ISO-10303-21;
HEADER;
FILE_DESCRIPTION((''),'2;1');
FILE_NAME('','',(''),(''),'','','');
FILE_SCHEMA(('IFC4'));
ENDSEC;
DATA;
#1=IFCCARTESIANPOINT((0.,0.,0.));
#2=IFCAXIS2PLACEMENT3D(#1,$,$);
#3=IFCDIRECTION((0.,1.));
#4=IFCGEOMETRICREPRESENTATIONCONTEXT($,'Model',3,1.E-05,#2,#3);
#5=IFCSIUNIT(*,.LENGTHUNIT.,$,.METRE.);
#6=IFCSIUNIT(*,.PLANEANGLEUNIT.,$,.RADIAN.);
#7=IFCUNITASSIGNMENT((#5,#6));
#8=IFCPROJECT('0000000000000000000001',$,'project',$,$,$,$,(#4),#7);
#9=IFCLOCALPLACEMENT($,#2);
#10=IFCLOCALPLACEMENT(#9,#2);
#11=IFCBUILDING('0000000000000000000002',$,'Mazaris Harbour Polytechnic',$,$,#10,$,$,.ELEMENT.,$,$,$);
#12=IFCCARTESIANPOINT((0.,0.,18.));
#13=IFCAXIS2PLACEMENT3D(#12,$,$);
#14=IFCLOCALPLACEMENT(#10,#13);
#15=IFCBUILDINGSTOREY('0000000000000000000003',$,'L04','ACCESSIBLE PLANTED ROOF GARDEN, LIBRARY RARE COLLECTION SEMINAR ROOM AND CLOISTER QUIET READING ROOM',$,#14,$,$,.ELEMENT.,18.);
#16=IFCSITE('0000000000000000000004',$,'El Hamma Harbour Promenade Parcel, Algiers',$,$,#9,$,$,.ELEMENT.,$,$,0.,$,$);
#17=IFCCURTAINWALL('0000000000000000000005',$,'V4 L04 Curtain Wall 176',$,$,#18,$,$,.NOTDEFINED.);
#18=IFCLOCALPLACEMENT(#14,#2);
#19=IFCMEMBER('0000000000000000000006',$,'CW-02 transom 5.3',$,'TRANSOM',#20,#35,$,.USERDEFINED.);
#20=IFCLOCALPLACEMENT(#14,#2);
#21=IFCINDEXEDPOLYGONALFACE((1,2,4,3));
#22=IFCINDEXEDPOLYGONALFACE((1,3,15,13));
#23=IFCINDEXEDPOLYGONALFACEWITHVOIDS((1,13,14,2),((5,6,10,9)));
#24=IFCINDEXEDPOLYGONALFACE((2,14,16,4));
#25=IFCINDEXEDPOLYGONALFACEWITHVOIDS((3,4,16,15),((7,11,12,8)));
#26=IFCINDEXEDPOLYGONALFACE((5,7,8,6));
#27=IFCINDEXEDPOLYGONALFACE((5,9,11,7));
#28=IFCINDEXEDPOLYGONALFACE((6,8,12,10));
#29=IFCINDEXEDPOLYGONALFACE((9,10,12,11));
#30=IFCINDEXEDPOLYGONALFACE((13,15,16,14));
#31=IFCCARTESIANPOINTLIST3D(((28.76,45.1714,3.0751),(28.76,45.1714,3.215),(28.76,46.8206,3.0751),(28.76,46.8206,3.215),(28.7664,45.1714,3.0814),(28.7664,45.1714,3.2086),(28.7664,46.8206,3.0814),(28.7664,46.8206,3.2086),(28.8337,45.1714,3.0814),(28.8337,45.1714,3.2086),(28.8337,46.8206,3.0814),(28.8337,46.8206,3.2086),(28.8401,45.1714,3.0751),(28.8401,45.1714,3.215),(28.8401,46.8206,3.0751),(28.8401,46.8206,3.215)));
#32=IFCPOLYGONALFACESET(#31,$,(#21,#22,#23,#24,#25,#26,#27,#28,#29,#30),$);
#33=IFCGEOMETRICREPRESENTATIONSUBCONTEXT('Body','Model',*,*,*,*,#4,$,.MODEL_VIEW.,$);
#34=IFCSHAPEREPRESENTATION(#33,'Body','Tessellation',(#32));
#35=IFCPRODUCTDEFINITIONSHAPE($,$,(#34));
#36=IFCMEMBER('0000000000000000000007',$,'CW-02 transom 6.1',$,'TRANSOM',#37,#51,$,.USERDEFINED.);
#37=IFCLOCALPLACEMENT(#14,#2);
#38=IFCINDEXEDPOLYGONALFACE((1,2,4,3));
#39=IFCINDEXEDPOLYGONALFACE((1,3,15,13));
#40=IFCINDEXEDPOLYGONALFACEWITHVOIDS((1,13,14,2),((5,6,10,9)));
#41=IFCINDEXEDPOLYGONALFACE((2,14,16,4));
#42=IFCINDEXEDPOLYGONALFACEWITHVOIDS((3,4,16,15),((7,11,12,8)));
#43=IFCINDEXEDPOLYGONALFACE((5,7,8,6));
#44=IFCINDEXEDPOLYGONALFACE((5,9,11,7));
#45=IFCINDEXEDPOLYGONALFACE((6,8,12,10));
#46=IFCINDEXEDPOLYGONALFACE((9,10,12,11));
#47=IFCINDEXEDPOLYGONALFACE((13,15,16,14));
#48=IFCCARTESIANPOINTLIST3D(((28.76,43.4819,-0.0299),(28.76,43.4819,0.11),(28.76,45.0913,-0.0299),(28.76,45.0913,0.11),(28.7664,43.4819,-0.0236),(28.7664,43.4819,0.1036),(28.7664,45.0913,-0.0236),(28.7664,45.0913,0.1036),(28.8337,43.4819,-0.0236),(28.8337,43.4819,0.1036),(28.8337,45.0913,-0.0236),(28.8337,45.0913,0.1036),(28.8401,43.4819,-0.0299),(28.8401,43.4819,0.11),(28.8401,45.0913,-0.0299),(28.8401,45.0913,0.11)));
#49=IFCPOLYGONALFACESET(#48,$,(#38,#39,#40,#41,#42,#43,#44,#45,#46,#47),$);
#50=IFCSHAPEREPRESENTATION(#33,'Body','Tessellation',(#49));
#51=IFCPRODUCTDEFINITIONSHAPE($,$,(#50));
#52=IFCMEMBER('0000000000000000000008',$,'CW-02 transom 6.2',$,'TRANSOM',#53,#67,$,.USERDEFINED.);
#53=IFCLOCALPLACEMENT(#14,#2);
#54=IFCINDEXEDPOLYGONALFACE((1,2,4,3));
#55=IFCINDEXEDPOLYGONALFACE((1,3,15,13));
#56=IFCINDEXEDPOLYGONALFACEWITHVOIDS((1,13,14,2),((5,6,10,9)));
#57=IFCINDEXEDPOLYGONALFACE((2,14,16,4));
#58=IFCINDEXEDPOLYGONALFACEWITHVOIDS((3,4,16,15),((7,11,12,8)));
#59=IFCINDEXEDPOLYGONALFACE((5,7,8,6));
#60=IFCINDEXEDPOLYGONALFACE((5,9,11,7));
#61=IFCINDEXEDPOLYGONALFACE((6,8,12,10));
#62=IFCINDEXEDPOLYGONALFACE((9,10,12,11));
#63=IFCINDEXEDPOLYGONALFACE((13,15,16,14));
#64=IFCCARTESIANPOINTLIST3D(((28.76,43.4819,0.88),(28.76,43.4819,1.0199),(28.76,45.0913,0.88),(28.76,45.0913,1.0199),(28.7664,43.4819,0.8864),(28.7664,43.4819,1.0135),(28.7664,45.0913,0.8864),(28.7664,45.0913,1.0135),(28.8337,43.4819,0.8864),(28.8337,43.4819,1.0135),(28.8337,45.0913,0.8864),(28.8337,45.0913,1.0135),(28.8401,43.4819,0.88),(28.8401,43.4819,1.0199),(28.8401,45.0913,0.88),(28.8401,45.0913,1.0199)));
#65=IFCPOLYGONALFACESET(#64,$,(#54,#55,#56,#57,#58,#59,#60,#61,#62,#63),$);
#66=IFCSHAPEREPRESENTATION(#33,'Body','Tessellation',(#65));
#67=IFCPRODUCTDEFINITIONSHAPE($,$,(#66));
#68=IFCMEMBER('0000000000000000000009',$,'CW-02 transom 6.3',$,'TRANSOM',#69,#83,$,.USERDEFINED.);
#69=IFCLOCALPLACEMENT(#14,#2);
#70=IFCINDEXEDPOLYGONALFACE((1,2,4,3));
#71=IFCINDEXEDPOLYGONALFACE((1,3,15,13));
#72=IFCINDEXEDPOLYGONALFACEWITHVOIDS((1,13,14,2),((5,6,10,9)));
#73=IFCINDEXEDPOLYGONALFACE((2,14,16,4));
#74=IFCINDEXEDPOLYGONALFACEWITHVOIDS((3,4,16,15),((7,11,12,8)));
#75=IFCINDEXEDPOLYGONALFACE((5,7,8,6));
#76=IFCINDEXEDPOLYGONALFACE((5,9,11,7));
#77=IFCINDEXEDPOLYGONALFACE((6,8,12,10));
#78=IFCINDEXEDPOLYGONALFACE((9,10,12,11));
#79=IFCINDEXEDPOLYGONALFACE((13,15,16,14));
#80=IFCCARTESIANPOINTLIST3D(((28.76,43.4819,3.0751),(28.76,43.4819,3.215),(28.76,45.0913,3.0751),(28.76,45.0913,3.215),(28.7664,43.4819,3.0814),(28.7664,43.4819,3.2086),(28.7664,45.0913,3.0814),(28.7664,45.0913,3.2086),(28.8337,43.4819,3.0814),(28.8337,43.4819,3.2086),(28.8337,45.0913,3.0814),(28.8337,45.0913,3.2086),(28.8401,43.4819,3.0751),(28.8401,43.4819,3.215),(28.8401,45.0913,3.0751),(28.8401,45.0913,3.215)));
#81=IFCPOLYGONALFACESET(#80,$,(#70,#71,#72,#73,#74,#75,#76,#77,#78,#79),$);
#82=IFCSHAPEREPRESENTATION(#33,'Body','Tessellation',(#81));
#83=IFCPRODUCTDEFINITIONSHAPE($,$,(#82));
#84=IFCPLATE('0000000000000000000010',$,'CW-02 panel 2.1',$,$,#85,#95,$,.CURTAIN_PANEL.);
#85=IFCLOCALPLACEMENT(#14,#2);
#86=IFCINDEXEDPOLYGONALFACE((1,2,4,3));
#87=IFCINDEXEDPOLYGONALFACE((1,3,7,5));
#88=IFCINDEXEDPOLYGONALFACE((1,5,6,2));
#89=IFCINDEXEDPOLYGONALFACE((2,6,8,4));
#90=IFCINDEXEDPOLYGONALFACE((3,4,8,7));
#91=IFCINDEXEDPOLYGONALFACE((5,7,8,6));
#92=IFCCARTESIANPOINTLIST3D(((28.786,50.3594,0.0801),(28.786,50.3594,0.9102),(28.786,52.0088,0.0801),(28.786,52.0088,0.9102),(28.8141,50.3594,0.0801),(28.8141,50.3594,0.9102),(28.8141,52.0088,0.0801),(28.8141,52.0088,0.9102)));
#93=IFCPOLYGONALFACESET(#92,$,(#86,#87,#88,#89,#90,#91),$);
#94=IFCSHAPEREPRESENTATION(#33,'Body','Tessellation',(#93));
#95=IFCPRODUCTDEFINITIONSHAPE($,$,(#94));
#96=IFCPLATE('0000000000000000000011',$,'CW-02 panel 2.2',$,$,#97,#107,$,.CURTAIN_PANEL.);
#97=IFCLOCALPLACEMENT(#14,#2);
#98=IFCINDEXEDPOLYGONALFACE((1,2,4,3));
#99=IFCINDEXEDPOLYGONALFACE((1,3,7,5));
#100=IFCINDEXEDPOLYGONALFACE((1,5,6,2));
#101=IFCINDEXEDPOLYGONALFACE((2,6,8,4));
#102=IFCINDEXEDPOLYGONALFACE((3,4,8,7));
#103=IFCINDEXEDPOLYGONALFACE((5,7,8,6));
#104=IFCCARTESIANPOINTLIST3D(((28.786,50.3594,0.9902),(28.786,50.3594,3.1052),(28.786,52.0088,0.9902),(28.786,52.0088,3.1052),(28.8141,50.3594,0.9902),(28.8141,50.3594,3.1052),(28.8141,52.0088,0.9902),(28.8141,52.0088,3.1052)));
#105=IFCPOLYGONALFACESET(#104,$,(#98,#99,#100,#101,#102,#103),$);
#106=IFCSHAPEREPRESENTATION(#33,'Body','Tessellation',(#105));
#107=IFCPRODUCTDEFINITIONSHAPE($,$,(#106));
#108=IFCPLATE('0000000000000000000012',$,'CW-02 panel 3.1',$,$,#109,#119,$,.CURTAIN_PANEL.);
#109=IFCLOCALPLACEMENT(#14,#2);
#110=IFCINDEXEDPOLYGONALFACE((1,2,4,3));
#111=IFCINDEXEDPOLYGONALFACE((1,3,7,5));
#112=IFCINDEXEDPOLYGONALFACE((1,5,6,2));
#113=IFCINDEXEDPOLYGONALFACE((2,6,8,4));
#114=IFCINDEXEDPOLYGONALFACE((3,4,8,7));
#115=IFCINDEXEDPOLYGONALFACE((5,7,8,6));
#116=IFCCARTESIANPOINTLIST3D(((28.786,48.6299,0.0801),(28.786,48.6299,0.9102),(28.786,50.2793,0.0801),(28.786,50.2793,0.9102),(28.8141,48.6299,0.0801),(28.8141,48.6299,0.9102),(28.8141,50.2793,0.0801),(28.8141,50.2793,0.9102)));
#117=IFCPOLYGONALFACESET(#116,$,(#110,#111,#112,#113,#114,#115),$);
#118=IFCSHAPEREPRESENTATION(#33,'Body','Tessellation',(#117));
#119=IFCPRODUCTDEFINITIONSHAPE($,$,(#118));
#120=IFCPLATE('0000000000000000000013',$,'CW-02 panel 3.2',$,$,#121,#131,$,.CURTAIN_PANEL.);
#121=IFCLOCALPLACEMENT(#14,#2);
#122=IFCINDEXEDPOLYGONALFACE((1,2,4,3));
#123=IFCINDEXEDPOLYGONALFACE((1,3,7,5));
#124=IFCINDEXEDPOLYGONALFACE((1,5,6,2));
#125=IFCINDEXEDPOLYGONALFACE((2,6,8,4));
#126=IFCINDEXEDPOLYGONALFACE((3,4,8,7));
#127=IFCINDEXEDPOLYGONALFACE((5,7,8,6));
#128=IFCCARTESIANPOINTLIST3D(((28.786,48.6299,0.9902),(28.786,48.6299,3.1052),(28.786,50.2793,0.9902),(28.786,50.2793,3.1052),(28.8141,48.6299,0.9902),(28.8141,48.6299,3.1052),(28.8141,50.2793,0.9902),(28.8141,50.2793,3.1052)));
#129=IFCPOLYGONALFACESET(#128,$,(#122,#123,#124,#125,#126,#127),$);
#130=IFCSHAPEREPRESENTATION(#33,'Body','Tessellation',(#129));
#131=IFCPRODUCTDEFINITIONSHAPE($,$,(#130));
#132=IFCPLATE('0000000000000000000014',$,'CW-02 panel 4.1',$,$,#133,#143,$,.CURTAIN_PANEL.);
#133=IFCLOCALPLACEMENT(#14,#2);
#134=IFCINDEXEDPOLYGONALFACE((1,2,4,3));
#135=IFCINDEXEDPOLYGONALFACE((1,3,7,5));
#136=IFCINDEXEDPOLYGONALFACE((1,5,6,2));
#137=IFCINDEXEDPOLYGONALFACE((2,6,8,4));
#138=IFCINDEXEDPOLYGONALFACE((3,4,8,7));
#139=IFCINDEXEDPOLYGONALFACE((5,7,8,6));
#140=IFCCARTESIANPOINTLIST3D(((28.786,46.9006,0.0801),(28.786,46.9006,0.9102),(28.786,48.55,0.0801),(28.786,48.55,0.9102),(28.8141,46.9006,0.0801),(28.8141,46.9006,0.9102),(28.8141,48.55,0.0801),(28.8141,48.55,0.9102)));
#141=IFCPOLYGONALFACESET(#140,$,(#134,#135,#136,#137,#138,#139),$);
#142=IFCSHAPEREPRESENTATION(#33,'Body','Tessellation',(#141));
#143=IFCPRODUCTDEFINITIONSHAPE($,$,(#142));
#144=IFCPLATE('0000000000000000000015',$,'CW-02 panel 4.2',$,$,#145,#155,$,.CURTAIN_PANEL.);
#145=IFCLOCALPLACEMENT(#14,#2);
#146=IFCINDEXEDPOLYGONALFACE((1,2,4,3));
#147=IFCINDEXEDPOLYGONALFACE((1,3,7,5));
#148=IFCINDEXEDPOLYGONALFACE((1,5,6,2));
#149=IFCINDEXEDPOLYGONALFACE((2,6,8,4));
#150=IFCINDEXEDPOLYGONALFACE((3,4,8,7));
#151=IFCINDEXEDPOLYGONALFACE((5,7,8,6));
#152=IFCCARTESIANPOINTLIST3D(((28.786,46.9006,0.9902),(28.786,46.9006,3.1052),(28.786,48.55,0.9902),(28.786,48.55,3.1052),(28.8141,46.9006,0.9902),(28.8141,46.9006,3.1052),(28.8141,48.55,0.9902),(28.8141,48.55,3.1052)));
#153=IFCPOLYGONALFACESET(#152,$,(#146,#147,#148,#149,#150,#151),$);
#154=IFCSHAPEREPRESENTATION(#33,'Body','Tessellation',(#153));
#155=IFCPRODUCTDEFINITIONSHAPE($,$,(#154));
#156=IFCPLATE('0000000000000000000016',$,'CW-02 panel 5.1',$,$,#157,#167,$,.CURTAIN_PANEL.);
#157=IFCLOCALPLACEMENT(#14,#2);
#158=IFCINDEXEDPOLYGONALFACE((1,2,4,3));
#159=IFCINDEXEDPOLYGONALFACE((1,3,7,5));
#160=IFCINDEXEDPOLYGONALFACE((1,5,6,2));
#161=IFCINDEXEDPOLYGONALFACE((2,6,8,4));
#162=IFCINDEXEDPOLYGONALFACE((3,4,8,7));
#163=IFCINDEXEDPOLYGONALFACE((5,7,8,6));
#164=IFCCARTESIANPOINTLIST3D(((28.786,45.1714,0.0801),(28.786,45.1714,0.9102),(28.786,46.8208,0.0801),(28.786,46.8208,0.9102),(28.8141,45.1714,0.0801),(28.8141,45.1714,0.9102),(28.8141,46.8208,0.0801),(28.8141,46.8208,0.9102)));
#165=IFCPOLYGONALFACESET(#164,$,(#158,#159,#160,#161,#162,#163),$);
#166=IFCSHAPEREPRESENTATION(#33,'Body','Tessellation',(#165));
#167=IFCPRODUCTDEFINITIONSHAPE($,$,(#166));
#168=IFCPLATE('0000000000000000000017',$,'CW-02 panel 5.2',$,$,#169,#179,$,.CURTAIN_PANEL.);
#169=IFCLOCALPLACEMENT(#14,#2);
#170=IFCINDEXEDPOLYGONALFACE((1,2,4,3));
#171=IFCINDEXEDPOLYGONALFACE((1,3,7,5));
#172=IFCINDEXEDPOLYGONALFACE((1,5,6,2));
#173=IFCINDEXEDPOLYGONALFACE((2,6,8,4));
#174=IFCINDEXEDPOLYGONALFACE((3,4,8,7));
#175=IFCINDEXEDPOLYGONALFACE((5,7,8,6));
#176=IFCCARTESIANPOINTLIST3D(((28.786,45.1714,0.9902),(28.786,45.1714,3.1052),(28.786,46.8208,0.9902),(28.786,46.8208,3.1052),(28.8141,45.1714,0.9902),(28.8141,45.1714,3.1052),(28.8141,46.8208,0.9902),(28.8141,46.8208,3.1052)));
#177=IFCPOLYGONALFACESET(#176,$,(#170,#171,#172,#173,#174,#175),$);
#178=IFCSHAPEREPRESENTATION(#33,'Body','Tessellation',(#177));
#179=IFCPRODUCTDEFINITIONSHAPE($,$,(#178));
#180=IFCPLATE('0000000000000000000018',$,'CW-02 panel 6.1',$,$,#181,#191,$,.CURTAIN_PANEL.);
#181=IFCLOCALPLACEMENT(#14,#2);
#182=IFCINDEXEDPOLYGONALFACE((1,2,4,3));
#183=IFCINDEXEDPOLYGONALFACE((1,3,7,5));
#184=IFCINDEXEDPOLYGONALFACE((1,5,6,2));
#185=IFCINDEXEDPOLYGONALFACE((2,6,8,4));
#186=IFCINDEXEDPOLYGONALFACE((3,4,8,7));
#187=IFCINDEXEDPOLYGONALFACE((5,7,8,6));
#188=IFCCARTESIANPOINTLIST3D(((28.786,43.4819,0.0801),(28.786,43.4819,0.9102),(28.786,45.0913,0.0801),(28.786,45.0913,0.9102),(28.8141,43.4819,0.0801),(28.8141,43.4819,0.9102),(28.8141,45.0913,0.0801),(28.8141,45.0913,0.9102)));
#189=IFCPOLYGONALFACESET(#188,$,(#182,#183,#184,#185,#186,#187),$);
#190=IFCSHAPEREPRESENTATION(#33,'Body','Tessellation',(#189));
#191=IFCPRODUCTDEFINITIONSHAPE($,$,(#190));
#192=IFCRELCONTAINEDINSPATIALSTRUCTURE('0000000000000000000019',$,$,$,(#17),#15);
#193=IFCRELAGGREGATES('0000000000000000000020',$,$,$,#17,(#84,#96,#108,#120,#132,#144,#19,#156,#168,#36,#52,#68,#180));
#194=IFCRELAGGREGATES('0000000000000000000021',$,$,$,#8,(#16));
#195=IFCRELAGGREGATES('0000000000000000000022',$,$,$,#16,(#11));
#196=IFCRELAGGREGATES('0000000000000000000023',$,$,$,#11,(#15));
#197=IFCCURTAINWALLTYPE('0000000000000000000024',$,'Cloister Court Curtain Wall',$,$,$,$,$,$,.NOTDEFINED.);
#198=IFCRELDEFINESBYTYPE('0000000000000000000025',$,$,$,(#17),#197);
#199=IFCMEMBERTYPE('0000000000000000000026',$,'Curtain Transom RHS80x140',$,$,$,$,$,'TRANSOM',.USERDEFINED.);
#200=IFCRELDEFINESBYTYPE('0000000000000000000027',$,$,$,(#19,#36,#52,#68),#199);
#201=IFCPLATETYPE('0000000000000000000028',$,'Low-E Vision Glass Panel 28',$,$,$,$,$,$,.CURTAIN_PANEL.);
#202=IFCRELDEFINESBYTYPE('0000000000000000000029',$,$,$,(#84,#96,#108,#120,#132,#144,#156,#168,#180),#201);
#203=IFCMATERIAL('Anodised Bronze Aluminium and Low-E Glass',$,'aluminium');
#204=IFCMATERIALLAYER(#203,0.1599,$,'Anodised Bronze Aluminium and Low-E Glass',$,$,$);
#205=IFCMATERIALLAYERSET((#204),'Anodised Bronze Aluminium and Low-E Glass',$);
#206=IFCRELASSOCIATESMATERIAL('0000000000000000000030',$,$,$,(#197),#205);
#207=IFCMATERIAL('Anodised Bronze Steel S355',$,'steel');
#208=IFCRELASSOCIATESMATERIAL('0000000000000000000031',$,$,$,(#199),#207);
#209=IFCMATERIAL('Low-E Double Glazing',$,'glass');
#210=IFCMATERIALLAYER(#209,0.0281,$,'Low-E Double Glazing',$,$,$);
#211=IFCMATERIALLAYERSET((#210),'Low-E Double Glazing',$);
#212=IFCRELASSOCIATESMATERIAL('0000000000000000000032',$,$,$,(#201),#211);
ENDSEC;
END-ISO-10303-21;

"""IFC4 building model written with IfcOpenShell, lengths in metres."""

from ifc_helpers import new_model, si_unit, direction, frame, origin, origin_2d, place, context, subcontext, project, spatial, rectangle, hollow_rectangle, extrude, material, layer, layer_set, material_profile, profile_set, type_object, element, aggregate, save


model = new_model("IFC4")

# Units and contexts
model_context = context("Model", 3, precision=1e-05, world=origin(), true_north=direction((0.0, 1.0)))
body_context = subcontext(model_context, "Body", "Model", "MODEL_VIEW")
ifc_project = project(units=[si_unit("LENGTHUNIT", "METRE"), si_unit("PLANEANGLEUNIT", "RADIAN")], contexts=[model_context])

# Site, building, storey
site_placement = place(None, origin())
site = spatial("IfcSite", under=ifc_project, at=site_placement, Name="El Hamma Harbour Promenade Parcel, Algiers", CompositionType="ELEMENT", RefElevation=0.0)
building_placement = place(site_placement, origin())
building = spatial("IfcBuilding", under=site, at=building_placement, Name="Mazaris Harbour Polytechnic", CompositionType="ELEMENT")
storey_placement = place(building_placement, frame((0.0, 0.0, 18.0)))
storey = spatial("IfcBuildingStorey", under=building, at=storey_placement, Name="L04", Description="ACCESSIBLE PLANTED ROOF GARDEN, LIBRARY RARE COLLECTION SEMINAR ROOM AND CLOISTER QUIET READING ROOM", CompositionType="ELEMENT", Elevation=18.0)

# Curtain wall, members, plates
ifc_material_1 = material(Name="Anodised Bronze Aluminium and Low-E Glass", Category="aluminium")
ifc_layer_1 = layer(ifc_material_1, 0.1599, Name="Anodised Bronze Aluminium and Low-E Glass")
ifc_layer_set_1 = layer_set([ifc_layer_1], Name="Anodised Bronze Aluminium and Low-E Glass")
curtain_wall_type = type_object("IfcCurtainWallType", Name="Cloister Court Curtain Wall", PredefinedType="NOTDEFINED", material=ifc_layer_set_1)
curtain_wall_placement = place(storey_placement, origin())
curtain_wall = element("IfcCurtainWall", 1, at=curtain_wall_placement, inside=storey, type_object=curtain_wall_type, Name="V4 L04 Curtain Wall 176", PredefinedType="NOTDEFINED")
ifc_material_2 = material(Name="Anodised Bronze Steel S355", Category="steel")
ifc_material_profile = material_profile(ifc_material_2, hollow_rectangle(XDim=0.0801, YDim=0.1399, WallThickness=0.0063, at=origin_2d()), Name="RHS 80x140x6.3")
ifc_profile_set = profile_set([ifc_material_profile], Name="Anodised Bronze Steel S355")
member_type = type_object("IfcMemberType", Name="Curtain Transom RHS80x140", ElementType="TRANSOM", PredefinedType="USERDEFINED", material=ifc_profile_set)
member_1_placement = place(storey_placement, frame((28.8, 46.8206, 3.145), z_axis=(0.0, -1.0, 0.0), x_axis=(1.0, 0.0, 0.0)))
member_1 = element("IfcMember", 2, at=member_1_placement, type_object=member_type, Name="CW-02 transom 5.3", ObjectType="TRANSOM", PredefinedType="USERDEFINED", context=body_context, shape_type="SweptSolid", body=[
    extrude(hollow_rectangle(XDim=0.0801, YDim=0.1399, WallThickness=0.0063, at=origin_2d()), origin(), (0.0, 0.0, 1.0), 1.6492),
])
member_2_placement = place(storey_placement, frame((28.8, 45.0913, 0.04), z_axis=(0.0, -1.0, 0.0), x_axis=(1.0, 0.0, 0.0)))
member_2 = element("IfcMember", 3, at=member_2_placement, type_object=member_type, Name="CW-02 transom 6.1", ObjectType="TRANSOM", PredefinedType="USERDEFINED", context=body_context, shape_type="SweptSolid", body=[
    extrude(hollow_rectangle(XDim=0.0801, YDim=0.1399, WallThickness=0.0063, at=origin_2d()), origin(), (0.0, 0.0, 1.0), 1.6094),
])
member_3_placement = place(storey_placement, frame((28.8, 45.0913, 0.95), z_axis=(0.0, -1.0, 0.0), x_axis=(1.0, 0.0, 0.0)))
member_3 = element("IfcMember", 4, at=member_3_placement, type_object=member_type, Name="CW-02 transom 6.2", ObjectType="TRANSOM", PredefinedType="USERDEFINED", context=body_context, shape_type="SweptSolid", body=[
    extrude(hollow_rectangle(XDim=0.0801, YDim=0.1399, WallThickness=0.0063, at=origin_2d()), origin(), (0.0, 0.0, 1.0), 1.6094),
])
member_4_placement = place(storey_placement, frame((28.8, 45.0913, 3.145), z_axis=(0.0, -1.0, 0.0), x_axis=(1.0, 0.0, 0.0)))
member_4 = element("IfcMember", 5, at=member_4_placement, type_object=member_type, Name="CW-02 transom 6.3", ObjectType="TRANSOM", PredefinedType="USERDEFINED", context=body_context, shape_type="SweptSolid", body=[
    extrude(hollow_rectangle(XDim=0.0801, YDim=0.1399, WallThickness=0.0063, at=origin_2d()), origin(), (0.0, 0.0, 1.0), 1.6094),
])
ifc_material_3 = material(Name="Low-E Double Glazing", Category="glass")
ifc_layer_2 = layer(ifc_material_3, 0.0281, Name="Low-E Double Glazing")
ifc_layer_set_2 = layer_set([ifc_layer_2], Name="Low-E Double Glazing")
plate_type = type_object("IfcPlateType", Name="Low-E Vision Glass Panel 28", PredefinedType="CURTAIN_PANEL", material=ifc_layer_set_2)
plate_1_placement = place(storey_placement, frame((28.8, 51.1841, 0.0801), z_axis=(0.0, 0.0, 1.0), x_axis=(0.0, -1.0, 0.0)))
plate_1 = element("IfcPlate", 6, at=plate_1_placement, type_object=plate_type, Name="CW-02 panel 2.1", PredefinedType="CURTAIN_PANEL", context=body_context, shape_type="SweptSolid", body=[
    extrude(rectangle(XDim=1.6494, YDim=0.0281, at=origin_2d()), origin(), (0.0, 0.0, 1.0), 0.8301),
])
plate_2_placement = place(storey_placement, frame((28.8, 51.1841, 0.9902), z_axis=(0.0, 0.0, 1.0), x_axis=(0.0, -1.0, 0.0)))
plate_2 = element("IfcPlate", 7, at=plate_2_placement, type_object=plate_type, Name="CW-02 panel 2.2", PredefinedType="CURTAIN_PANEL", context=body_context, shape_type="SweptSolid", body=[
    extrude(rectangle(XDim=1.6494, YDim=0.0281, at=origin_2d()), origin(), (0.0, 0.0, 1.0), 2.115),
])
plate_3_placement = place(storey_placement, frame((28.8, 49.4546, 0.0801), z_axis=(0.0, 0.0, 1.0), x_axis=(0.0, -1.0, 0.0)))
plate_3 = element("IfcPlate", 8, at=plate_3_placement, type_object=plate_type, Name="CW-02 panel 3.1", PredefinedType="CURTAIN_PANEL", context=body_context, shape_type="SweptSolid", body=[
    extrude(rectangle(XDim=1.6494, YDim=0.0281, at=origin_2d()), origin(), (0.0, 0.0, 1.0), 0.8301),
])
plate_4_placement = place(storey_placement, frame((28.8, 49.4546, 0.9902), z_axis=(0.0, 0.0, 1.0), x_axis=(0.0, -1.0, 0.0)))
plate_4 = element("IfcPlate", 9, at=plate_4_placement, type_object=plate_type, Name="CW-02 panel 3.2", PredefinedType="CURTAIN_PANEL", context=body_context, shape_type="SweptSolid", body=[
    extrude(rectangle(XDim=1.6494, YDim=0.0281, at=origin_2d()), origin(), (0.0, 0.0, 1.0), 2.115),
])
plate_5_placement = place(storey_placement, frame((28.8, 47.7253, 0.0801), z_axis=(0.0, 0.0, 1.0), x_axis=(0.0, -1.0, 0.0)))
plate_5 = element("IfcPlate", 10, at=plate_5_placement, type_object=plate_type, Name="CW-02 panel 4.1", PredefinedType="CURTAIN_PANEL", context=body_context, shape_type="SweptSolid", body=[
    extrude(rectangle(XDim=1.6494, YDim=0.0281, at=origin_2d()), origin(), (0.0, 0.0, 1.0), 0.8301),
])
plate_6_placement = place(storey_placement, frame((28.8, 47.7253, 0.9902), z_axis=(0.0, 0.0, 1.0), x_axis=(0.0, -1.0, 0.0)))
plate_6 = element("IfcPlate", 11, at=plate_6_placement, type_object=plate_type, Name="CW-02 panel 4.2", PredefinedType="CURTAIN_PANEL", context=body_context, shape_type="SweptSolid", body=[
    extrude(rectangle(XDim=1.6494, YDim=0.0281, at=origin_2d()), origin(), (0.0, 0.0, 1.0), 2.115),
])
plate_7_placement = place(storey_placement, frame((28.8, 45.9961, 0.0801), z_axis=(0.0, 0.0, 1.0), x_axis=(0.0, -1.0, 0.0)))
plate_7 = element("IfcPlate", 12, at=plate_7_placement, type_object=plate_type, Name="CW-02 panel 5.1", PredefinedType="CURTAIN_PANEL", context=body_context, shape_type="SweptSolid", body=[
    extrude(rectangle(XDim=1.6494, YDim=0.0281, at=origin_2d()), origin(), (0.0, 0.0, 1.0), 0.8301),
])
plate_8_placement = place(storey_placement, frame((28.8, 45.9961, 0.9902), z_axis=(0.0, 0.0, 1.0), x_axis=(0.0, -1.0, 0.0)))
plate_8 = element("IfcPlate", 13, at=plate_8_placement, type_object=plate_type, Name="CW-02 panel 5.2", PredefinedType="CURTAIN_PANEL", context=body_context, shape_type="SweptSolid", body=[
    extrude(rectangle(XDim=1.6494, YDim=0.0281, at=origin_2d()), origin(), (0.0, 0.0, 1.0), 2.115),
])
plate_9_placement = place(storey_placement, frame((28.8, 44.2866, 0.0801), z_axis=(0.0, 0.0, 1.0), x_axis=(0.0, -1.0, 0.0)))
plate_9 = element("IfcPlate", 14, at=plate_9_placement, type_object=plate_type, Name="CW-02 panel 6.1", PredefinedType="CURTAIN_PANEL", context=body_context, shape_type="SweptSolid", body=[
    extrude(rectangle(XDim=1.6094, YDim=0.0281, at=origin_2d()), origin(), (0.0, 0.0, 1.0), 0.8301),
])
aggregate(curtain_wall, [plate_1, plate_2, plate_3, plate_4, plate_5, plate_6, member_1, plate_7, plate_8, member_2, member_3, member_4, plate_9])

save(model, "model.ifc")
